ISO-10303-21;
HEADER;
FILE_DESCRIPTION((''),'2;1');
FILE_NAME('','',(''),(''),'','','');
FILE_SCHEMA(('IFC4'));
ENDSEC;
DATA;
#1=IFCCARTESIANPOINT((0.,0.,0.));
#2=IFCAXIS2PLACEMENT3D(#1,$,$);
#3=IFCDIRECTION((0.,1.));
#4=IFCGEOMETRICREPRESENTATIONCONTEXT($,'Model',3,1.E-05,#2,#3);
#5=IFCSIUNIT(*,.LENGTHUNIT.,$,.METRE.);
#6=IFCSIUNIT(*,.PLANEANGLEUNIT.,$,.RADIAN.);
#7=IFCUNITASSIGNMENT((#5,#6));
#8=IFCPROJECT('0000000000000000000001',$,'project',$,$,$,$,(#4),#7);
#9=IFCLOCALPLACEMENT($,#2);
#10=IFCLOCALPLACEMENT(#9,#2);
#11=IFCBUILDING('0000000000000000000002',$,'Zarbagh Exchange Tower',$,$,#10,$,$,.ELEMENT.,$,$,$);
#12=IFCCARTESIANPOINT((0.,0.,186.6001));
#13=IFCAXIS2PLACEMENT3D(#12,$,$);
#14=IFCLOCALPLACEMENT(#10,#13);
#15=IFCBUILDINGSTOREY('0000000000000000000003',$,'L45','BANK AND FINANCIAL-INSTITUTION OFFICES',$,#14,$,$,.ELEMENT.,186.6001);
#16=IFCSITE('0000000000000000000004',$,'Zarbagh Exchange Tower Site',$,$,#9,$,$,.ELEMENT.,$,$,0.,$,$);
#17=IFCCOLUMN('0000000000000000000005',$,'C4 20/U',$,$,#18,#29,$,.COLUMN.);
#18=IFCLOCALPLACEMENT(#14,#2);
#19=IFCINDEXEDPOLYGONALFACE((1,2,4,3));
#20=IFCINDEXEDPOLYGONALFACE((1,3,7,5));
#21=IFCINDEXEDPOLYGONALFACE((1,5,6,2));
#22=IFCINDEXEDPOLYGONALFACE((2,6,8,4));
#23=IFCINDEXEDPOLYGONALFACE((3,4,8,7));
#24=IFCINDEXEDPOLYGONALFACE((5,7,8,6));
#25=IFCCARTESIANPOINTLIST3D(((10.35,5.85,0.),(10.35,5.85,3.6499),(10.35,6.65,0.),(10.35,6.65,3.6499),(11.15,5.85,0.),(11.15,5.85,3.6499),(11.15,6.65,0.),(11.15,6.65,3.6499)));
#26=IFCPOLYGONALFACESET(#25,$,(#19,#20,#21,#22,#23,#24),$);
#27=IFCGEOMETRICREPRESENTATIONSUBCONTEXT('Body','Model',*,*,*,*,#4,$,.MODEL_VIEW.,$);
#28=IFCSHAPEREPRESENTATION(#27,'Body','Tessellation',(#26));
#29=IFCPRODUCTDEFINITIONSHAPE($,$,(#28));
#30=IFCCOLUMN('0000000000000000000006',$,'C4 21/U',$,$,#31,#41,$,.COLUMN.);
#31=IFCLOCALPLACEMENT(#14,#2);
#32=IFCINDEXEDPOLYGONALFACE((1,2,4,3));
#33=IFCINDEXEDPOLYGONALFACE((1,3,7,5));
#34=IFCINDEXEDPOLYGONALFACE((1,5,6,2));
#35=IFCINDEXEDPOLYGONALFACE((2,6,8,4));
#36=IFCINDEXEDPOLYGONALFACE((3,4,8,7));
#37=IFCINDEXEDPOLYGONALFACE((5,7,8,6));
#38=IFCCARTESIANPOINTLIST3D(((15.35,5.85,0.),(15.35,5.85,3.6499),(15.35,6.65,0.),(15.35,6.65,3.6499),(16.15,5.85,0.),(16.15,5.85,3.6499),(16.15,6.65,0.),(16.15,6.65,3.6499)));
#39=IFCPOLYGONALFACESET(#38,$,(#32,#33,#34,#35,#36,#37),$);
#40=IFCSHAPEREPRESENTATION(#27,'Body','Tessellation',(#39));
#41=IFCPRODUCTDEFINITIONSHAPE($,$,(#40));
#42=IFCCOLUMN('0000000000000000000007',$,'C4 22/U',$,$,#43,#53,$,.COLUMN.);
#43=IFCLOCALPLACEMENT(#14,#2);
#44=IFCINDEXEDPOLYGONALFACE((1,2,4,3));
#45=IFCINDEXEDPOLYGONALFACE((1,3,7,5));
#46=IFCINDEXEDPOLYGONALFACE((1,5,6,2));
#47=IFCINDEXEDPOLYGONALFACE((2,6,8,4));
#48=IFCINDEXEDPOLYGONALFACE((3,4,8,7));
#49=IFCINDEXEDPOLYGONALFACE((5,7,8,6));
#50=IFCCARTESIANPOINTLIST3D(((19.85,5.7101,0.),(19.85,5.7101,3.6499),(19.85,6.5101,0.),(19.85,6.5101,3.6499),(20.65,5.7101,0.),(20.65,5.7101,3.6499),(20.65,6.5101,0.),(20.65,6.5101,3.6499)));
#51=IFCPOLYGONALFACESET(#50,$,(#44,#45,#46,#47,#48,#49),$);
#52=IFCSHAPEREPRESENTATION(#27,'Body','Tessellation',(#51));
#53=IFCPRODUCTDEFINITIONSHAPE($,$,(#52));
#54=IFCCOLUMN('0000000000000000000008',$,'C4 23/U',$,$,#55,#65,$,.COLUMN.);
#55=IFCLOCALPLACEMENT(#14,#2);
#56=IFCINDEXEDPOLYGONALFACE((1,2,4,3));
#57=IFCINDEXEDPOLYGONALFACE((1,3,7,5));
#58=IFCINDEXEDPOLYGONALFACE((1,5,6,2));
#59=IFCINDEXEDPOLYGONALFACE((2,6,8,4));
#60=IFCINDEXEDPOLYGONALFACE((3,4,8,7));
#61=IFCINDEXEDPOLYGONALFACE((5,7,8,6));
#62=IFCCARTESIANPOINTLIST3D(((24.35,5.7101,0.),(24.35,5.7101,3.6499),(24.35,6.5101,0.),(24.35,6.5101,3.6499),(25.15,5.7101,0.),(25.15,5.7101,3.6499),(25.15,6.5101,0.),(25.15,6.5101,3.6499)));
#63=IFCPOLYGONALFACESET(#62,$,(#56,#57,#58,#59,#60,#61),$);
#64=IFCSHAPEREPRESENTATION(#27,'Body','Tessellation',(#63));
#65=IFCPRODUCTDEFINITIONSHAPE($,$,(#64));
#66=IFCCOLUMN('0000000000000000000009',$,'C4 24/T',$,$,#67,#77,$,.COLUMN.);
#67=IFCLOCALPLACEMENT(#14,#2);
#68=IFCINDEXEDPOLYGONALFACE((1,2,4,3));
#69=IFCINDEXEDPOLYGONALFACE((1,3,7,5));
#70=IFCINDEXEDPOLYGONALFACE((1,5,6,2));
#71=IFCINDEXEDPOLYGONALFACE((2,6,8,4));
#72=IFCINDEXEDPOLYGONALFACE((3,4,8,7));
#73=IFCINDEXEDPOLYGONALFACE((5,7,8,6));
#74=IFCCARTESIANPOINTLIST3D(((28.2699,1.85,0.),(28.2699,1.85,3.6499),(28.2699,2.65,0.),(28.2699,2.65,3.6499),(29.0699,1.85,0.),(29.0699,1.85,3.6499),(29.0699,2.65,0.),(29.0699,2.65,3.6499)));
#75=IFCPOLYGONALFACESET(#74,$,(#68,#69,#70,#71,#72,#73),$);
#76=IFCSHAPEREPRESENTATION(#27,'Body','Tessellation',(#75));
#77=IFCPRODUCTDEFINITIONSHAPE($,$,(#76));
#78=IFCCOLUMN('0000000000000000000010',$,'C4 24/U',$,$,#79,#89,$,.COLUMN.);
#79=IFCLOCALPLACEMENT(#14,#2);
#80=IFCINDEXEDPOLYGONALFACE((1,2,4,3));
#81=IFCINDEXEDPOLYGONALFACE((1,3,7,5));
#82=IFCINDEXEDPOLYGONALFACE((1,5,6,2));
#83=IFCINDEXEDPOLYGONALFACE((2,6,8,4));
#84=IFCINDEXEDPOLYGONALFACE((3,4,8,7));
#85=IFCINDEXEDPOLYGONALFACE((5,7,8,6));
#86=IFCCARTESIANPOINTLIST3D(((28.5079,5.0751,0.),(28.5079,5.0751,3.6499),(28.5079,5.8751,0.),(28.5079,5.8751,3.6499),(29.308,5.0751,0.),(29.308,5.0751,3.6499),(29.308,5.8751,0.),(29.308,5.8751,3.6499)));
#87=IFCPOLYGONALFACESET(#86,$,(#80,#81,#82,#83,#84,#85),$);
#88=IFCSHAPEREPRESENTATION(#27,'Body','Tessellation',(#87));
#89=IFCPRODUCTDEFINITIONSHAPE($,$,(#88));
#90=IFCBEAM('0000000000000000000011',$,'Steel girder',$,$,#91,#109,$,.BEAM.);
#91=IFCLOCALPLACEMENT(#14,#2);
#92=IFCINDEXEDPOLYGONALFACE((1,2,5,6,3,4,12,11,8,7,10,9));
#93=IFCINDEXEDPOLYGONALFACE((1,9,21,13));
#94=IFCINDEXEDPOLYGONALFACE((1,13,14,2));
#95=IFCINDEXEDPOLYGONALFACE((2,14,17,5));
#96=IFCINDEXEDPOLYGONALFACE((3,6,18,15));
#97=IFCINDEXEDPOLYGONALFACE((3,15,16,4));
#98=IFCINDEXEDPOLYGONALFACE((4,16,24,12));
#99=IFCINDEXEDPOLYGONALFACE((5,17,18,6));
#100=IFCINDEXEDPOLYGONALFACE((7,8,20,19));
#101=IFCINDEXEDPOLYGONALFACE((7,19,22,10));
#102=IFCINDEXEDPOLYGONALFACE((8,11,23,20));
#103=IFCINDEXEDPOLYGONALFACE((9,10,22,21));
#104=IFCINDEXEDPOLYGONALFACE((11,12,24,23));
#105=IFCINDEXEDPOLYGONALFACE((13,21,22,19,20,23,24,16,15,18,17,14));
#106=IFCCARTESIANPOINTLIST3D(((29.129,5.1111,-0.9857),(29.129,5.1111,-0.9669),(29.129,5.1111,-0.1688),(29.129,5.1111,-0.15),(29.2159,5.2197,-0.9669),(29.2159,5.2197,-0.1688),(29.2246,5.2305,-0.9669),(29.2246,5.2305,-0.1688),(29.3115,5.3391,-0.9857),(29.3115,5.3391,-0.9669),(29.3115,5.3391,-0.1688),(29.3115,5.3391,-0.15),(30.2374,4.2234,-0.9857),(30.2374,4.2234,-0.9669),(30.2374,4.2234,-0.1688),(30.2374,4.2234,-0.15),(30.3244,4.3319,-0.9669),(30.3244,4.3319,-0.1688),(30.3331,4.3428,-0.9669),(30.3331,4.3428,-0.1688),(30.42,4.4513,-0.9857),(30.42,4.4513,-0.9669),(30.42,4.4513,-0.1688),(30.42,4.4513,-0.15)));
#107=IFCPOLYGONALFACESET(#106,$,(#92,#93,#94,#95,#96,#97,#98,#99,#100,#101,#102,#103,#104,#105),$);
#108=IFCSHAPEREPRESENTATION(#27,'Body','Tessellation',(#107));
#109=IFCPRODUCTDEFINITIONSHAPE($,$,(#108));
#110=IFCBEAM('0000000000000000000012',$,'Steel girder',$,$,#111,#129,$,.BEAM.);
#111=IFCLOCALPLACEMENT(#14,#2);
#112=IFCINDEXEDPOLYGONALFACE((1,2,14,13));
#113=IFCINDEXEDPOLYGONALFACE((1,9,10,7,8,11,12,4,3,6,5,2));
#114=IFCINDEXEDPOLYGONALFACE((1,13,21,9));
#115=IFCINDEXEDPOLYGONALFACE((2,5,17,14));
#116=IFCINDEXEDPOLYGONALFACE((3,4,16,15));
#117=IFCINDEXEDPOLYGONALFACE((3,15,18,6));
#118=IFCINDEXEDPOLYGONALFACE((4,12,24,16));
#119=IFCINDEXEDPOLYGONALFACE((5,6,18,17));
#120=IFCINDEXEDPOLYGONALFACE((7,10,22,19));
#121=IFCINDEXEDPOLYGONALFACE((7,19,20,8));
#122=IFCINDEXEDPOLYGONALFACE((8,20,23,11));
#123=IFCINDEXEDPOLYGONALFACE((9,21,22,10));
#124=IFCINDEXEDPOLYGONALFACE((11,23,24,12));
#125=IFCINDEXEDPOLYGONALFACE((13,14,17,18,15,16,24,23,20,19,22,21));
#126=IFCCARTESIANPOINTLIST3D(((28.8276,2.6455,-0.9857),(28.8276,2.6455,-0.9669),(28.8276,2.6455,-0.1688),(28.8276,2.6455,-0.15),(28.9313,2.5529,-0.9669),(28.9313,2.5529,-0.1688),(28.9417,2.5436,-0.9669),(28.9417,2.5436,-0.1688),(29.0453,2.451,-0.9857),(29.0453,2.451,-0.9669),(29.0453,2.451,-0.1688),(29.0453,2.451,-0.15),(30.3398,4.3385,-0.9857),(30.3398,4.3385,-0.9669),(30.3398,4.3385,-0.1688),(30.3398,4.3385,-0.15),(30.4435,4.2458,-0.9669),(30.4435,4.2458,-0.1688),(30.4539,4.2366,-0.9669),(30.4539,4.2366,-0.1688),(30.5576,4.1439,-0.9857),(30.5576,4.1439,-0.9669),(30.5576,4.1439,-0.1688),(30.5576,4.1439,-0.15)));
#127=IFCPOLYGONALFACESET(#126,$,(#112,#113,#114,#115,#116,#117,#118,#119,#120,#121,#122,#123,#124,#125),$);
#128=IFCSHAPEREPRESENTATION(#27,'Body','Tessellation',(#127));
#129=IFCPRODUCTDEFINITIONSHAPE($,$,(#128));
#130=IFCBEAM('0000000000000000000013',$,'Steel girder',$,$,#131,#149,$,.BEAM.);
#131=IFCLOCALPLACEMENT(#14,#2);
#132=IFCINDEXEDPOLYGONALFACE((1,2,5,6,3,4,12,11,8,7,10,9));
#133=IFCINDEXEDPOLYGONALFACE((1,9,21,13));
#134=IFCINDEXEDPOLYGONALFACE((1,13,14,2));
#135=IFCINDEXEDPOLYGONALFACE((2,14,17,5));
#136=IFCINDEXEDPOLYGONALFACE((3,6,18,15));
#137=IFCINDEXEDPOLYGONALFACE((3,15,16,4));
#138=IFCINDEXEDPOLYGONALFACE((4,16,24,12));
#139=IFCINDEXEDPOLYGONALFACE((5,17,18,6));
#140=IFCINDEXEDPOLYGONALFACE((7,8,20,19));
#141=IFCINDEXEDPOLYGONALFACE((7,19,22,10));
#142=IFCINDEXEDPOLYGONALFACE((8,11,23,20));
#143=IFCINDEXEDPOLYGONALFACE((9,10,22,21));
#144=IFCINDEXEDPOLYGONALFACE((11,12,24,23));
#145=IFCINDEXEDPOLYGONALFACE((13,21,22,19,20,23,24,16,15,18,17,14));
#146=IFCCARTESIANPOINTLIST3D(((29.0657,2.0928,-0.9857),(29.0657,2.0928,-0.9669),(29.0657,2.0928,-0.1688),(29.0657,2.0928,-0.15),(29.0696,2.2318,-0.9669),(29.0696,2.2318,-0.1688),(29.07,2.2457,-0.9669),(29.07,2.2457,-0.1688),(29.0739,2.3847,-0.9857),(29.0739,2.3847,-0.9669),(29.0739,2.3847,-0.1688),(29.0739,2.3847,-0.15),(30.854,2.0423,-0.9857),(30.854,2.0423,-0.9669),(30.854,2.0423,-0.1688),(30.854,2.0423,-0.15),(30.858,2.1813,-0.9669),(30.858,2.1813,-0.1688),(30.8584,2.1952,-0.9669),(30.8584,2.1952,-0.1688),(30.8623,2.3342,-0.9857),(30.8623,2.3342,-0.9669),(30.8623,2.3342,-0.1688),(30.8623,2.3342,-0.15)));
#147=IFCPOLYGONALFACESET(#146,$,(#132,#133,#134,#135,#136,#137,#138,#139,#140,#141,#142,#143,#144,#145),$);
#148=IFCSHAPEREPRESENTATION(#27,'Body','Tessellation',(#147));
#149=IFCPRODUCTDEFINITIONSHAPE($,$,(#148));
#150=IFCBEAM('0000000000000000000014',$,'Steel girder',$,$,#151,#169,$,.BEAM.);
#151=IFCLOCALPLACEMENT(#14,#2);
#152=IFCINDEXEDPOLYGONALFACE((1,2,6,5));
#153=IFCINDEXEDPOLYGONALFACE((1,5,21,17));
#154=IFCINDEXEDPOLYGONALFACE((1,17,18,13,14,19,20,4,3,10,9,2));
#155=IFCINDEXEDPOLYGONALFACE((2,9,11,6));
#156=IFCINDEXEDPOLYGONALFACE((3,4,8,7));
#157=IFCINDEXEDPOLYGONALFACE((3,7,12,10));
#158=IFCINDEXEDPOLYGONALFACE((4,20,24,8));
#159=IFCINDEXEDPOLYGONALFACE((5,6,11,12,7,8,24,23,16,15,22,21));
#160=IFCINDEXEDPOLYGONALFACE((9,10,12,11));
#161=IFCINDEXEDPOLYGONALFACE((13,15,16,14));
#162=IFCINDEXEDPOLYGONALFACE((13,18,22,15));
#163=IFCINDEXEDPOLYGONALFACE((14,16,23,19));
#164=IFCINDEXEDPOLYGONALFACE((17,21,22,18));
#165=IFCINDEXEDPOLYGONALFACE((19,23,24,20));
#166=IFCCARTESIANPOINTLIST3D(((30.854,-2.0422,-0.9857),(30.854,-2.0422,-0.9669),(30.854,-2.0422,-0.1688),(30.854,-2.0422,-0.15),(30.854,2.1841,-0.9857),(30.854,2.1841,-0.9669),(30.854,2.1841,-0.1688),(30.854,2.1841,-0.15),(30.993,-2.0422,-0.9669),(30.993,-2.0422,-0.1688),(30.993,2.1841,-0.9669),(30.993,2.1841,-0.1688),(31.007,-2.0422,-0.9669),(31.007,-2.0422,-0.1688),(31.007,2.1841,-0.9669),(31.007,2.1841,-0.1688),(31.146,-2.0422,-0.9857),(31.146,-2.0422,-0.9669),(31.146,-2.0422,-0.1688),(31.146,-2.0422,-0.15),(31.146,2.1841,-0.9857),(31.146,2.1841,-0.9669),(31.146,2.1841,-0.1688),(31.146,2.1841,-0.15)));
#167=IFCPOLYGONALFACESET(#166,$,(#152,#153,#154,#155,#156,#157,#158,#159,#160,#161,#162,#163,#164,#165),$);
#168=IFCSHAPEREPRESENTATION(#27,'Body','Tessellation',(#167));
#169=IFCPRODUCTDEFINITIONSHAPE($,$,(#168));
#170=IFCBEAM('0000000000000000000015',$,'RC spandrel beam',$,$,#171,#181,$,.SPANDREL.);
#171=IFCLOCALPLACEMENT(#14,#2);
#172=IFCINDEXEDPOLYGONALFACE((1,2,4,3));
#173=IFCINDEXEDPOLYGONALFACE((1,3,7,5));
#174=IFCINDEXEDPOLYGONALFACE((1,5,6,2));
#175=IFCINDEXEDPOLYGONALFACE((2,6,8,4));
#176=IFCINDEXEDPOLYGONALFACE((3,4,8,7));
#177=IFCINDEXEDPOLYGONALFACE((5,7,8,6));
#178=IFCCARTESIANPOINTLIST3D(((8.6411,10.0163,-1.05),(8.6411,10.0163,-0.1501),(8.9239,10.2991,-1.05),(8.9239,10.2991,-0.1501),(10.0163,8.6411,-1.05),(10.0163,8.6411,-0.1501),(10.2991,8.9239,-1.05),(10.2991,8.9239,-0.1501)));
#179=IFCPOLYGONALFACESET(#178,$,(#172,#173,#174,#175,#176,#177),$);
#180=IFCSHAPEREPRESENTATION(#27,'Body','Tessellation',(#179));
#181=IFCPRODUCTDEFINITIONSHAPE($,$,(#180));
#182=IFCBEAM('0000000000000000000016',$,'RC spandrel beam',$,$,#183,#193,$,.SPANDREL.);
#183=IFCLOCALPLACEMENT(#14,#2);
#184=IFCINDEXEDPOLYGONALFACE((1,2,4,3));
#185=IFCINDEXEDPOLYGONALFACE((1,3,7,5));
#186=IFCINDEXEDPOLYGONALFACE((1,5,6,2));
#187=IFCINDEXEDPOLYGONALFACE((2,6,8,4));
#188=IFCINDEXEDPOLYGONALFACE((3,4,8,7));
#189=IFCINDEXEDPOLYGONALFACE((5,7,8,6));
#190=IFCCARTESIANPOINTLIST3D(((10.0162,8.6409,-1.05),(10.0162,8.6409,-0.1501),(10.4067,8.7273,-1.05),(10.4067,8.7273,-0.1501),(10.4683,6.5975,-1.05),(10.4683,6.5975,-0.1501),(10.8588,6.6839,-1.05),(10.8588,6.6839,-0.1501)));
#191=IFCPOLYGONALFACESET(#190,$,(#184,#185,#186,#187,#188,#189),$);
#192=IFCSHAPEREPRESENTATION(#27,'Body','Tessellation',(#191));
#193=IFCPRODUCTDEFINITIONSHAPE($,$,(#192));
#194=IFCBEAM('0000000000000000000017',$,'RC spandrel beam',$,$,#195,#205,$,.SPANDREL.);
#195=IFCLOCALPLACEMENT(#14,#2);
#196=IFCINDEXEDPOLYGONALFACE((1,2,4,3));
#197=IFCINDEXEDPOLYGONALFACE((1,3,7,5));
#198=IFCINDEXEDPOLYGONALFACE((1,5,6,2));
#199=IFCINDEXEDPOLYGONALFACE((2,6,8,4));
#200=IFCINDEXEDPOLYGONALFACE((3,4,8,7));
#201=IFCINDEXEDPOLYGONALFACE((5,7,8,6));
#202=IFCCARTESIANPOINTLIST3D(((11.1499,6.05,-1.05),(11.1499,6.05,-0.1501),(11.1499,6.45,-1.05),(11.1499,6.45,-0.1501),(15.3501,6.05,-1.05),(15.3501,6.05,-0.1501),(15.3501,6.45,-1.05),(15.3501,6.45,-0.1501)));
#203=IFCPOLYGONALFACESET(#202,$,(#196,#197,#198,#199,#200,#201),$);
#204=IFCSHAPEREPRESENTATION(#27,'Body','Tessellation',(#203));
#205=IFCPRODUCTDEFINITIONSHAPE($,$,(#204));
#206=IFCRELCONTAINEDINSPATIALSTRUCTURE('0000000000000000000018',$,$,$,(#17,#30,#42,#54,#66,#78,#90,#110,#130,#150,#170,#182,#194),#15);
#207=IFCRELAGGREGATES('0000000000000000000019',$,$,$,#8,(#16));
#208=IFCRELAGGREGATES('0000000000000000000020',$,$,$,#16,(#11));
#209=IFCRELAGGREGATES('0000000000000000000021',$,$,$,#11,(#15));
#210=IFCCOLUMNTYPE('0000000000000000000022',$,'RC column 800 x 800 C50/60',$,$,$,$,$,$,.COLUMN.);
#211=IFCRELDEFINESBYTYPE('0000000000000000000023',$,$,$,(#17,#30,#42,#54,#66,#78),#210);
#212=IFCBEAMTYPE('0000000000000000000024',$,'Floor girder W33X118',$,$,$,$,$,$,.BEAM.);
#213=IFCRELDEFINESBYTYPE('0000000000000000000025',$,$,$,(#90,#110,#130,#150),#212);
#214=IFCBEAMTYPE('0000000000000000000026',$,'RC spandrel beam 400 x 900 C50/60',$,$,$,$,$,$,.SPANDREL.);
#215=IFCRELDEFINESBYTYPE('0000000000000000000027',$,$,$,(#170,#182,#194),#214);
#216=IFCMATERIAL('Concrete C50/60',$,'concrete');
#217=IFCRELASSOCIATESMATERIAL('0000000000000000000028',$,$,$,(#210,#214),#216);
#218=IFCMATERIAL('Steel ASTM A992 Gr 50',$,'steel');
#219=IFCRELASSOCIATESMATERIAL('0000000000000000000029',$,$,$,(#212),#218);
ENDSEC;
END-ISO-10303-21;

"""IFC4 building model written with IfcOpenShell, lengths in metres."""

from ifc_helpers import new_model, si_unit, direction, frame, origin, origin_2d, place, context, subcontext, project, spatial, rectangle, i_section, extrude, material, material_profile, profile_set, type_object, element, save


model = new_model("IFC4")

# Units and contexts
model_context = context("Model", 3, precision=1e-05, world=origin(), true_north=direction((0.0, 1.0)))
body_context = subcontext(model_context, "Body", "Model", "MODEL_VIEW")
ifc_project = project(units=[si_unit("LENGTHUNIT", "METRE"), si_unit("PLANEANGLEUNIT", "RADIAN")], contexts=[model_context])

# Site, building, storey
site_placement = place(None, origin())
site = spatial("IfcSite", under=ifc_project, at=site_placement, Name="Zarbagh Exchange Tower Site", CompositionType="ELEMENT", RefElevation=0.0)
building_placement = place(site_placement, origin())
building = spatial("IfcBuilding", under=site, at=building_placement, Name="Zarbagh Exchange Tower", CompositionType="ELEMENT")
storey_placement = place(building_placement, frame((0.0, 0.0, 186.6001)))
storey = spatial("IfcBuildingStorey", under=building, at=storey_placement, Name="L45", Description="BANK AND FINANCIAL-INSTITUTION OFFICES", CompositionType="ELEMENT", Elevation=186.6001)

# Columns
ifc_material_1 = material(Name="Concrete C50/60", Category="concrete")
ifc_material_profile_1 = material_profile(ifc_material_1, rectangle(XDim=0.8, YDim=0.8, at=origin_2d()), Name="RC column 800 x 800 C50/60")
ifc_profile_set_1 = profile_set([ifc_material_profile_1], Name="Concrete C50/60")
column_type = type_object("IfcColumnType", Name="RC column 800 x 800 C50/60", PredefinedType="COLUMN", material=ifc_profile_set_1)
for number, where, z_axis, x_axis, name in (
    (1, (10.75, 6.25, 0.0), (0.0, 0.0, 1.0), (1.0, 0.0, 0.0), "C4 20/U"),
    (2, (15.75, 6.25, 0.0), (0.0, 0.0, 1.0), (1.0, 0.0, 0.0), "C4 21/U"),
    (3, (20.25, 6.1101, 0.0), (0.0, 0.0, 1.0), (1.0, 0.0, 0.0), "C4 22/U"),
    (4, (24.75, 6.1101, 0.0), (0.0, 0.0, 1.0), (1.0, 0.0, 0.0), "C4 23/U"),
    (5, (28.6699, 2.25, 0.0), (0.0, 0.0, 1.0), (1.0, 0.0, 0.0), "C4 24/T"),
    (6, (28.908, 5.4751, 0.0), (0.0, 0.0, 1.0), (1.0, 0.0, 0.0), "C4 24/U"),
):
    element("IfcColumn", number, at=place(storey_placement, frame(where, z_axis=z_axis, x_axis=x_axis)), inside=storey, type_object=column_type, Name=name, PredefinedType="COLUMN", context=body_context, shape_type="SweptSolid", body=[
        extrude(rectangle(XDim=0.8, YDim=0.8, at=origin_2d()), origin(), (0.0, 0.0, 1.0), 3.6499),
    ])

# Beams
ifc_material_2 = material(Name="Steel ASTM A992 Gr 50", Category="steel")
ifc_material_profile_2 = material_profile(ifc_material_2, i_section(OverallWidth=0.292, OverallDepth=0.8357, WebThickness=0.0139, FlangeThickness=0.0188, at=origin_2d()), Name="W33X118")
ifc_profile_set_2 = profile_set([ifc_material_profile_2], Name="Steel ASTM A992 Gr 50")
beam_type_1 = type_object("IfcBeamType", Name="Floor girder W33X118", PredefinedType="BEAM", material=ifc_profile_set_2)
beam_1_placement = place(storey_placement, frame((29.2202, 5.2251, -0.5679), z_axis=(0.780533, -0.625114, 0.0), x_axis=(0.625114, 0.780533, 0.0)))
element("IfcBeam", 7, at=beam_1_placement, inside=storey, type_object=beam_type_1, Name="Steel girder", PredefinedType="BEAM", context=body_context, shape_type="SweptSolid", body=[
    extrude(i_section(OverallWidth=0.292, OverallDepth=0.8357, WebThickness=0.0139, FlangeThickness=0.0188, at=origin_2d()), origin(), (0.0, 0.0, 1.0), 1.4202),
])
beam_2_placement = place(storey_placement, frame((30.4487, 4.2412, -0.5679), z_axis=(-0.666191, -0.745781, 0.0), x_axis=(0.745781, -0.666191, 0.0)))
element("IfcBeam", 8, at=beam_2_placement, inside=storey, type_object=beam_type_1, Name="Steel girder", PredefinedType="BEAM", context=body_context, shape_type="SweptSolid", body=[
    extrude(i_section(OverallWidth=0.292, OverallDepth=0.8357, WebThickness=0.0139, FlangeThickness=0.0188, at=origin_2d()), origin(), (0.0, 0.0, 1.0), 2.27),
])
beam_3_placement = place(storey_placement, frame((29.0698, 2.2388, -0.5679), z_axis=(0.999601, -0.028248, 0.0), x_axis=(0.028248, 0.999601, 0.0)))
element("IfcBeam", 9, at=beam_3_placement, inside=storey, type_object=beam_type_1, Name="Steel girder", PredefinedType="BEAM", context=body_context, shape_type="SweptSolid", body=[
    extrude(i_section(OverallWidth=0.292, OverallDepth=0.8357, WebThickness=0.0139, FlangeThickness=0.0188, at=origin_2d()), origin(), (0.0, 0.0, 1.0), 1.7891),
])
beam_4_placement = place(storey_placement, frame((31.0, 2.1841, -0.5679), z_axis=(0.0, -1.0, 0.0), x_axis=(1.0, 0.0, 0.0)))
element("IfcBeam", 10, at=beam_4_placement, inside=storey, type_object=beam_type_1, Name="Steel girder", PredefinedType="BEAM", context=body_context, shape_type="SweptSolid", body=[
    extrude(i_section(OverallWidth=0.292, OverallDepth=0.8357, WebThickness=0.0139, FlangeThickness=0.0188, at=origin_2d()), origin(), (0.0, 0.0, 1.0), 4.2263),
])
ifc_material_profile_3 = material_profile(ifc_material_1, rectangle(XDim=0.3999, YDim=0.8999, at=origin_2d()), Name="RC spandrel beam 400 x 900 C50/60")
ifc_profile_set_3 = profile_set([ifc_material_profile_3], Name="Concrete C50/60")
beam_type_2 = type_object("IfcBeamType", Name="RC spandrel beam 400 x 900 C50/60", PredefinedType="SPANDREL", material=ifc_profile_set_3)
beam_5_placement = place(storey_placement, frame((8.7825, 10.1577, -0.6001), z_axis=(0.707107, -0.707107, 0.0), x_axis=(0.707107, 0.707107, 0.0)))
element("IfcBeam", 11, at=beam_5_placement, inside=storey, type_object=beam_type_2, Name="RC spandrel beam", PredefinedType="SPANDREL", context=body_context, shape_type="SweptSolid", body=[
    extrude(rectangle(XDim=0.3999, YDim=0.8999, at=origin_2d()), origin(), (0.0, 0.0, 1.0), 1.9448),
])
beam_6_placement = place(storey_placement, frame((10.2114, 8.6841, -0.6001), z_axis=(0.216041, -0.976384, 0.0), x_axis=(0.976384, 0.216041, 0.0)))
element("IfcBeam", 12, at=beam_6_placement, inside=storey, type_object=beam_type_2, Name="RC spandrel beam", PredefinedType="SPANDREL", context=body_context, shape_type="SweptSolid", body=[
    extrude(rectangle(XDim=0.3999, YDim=0.8999, at=origin_2d()), origin(), (0.0, 0.0, 1.0), 2.0928),
])
beam_7_placement = place(storey_placement, frame((11.1499, 6.25, -0.6001), z_axis=(1.0, 0.0, 0.0), x_axis=(0.0, 1.0, 0.0)))
element("IfcBeam", 13, at=beam_7_placement, inside=storey, type_object=beam_type_2, Name="RC spandrel beam", PredefinedType="SPANDREL", context=body_context, shape_type="SweptSolid", body=[
    extrude(rectangle(XDim=0.3999, YDim=0.8999, at=origin_2d()), origin(), (0.0, 0.0, 1.0), 4.2002),
])

save(model, "model.ifc")
